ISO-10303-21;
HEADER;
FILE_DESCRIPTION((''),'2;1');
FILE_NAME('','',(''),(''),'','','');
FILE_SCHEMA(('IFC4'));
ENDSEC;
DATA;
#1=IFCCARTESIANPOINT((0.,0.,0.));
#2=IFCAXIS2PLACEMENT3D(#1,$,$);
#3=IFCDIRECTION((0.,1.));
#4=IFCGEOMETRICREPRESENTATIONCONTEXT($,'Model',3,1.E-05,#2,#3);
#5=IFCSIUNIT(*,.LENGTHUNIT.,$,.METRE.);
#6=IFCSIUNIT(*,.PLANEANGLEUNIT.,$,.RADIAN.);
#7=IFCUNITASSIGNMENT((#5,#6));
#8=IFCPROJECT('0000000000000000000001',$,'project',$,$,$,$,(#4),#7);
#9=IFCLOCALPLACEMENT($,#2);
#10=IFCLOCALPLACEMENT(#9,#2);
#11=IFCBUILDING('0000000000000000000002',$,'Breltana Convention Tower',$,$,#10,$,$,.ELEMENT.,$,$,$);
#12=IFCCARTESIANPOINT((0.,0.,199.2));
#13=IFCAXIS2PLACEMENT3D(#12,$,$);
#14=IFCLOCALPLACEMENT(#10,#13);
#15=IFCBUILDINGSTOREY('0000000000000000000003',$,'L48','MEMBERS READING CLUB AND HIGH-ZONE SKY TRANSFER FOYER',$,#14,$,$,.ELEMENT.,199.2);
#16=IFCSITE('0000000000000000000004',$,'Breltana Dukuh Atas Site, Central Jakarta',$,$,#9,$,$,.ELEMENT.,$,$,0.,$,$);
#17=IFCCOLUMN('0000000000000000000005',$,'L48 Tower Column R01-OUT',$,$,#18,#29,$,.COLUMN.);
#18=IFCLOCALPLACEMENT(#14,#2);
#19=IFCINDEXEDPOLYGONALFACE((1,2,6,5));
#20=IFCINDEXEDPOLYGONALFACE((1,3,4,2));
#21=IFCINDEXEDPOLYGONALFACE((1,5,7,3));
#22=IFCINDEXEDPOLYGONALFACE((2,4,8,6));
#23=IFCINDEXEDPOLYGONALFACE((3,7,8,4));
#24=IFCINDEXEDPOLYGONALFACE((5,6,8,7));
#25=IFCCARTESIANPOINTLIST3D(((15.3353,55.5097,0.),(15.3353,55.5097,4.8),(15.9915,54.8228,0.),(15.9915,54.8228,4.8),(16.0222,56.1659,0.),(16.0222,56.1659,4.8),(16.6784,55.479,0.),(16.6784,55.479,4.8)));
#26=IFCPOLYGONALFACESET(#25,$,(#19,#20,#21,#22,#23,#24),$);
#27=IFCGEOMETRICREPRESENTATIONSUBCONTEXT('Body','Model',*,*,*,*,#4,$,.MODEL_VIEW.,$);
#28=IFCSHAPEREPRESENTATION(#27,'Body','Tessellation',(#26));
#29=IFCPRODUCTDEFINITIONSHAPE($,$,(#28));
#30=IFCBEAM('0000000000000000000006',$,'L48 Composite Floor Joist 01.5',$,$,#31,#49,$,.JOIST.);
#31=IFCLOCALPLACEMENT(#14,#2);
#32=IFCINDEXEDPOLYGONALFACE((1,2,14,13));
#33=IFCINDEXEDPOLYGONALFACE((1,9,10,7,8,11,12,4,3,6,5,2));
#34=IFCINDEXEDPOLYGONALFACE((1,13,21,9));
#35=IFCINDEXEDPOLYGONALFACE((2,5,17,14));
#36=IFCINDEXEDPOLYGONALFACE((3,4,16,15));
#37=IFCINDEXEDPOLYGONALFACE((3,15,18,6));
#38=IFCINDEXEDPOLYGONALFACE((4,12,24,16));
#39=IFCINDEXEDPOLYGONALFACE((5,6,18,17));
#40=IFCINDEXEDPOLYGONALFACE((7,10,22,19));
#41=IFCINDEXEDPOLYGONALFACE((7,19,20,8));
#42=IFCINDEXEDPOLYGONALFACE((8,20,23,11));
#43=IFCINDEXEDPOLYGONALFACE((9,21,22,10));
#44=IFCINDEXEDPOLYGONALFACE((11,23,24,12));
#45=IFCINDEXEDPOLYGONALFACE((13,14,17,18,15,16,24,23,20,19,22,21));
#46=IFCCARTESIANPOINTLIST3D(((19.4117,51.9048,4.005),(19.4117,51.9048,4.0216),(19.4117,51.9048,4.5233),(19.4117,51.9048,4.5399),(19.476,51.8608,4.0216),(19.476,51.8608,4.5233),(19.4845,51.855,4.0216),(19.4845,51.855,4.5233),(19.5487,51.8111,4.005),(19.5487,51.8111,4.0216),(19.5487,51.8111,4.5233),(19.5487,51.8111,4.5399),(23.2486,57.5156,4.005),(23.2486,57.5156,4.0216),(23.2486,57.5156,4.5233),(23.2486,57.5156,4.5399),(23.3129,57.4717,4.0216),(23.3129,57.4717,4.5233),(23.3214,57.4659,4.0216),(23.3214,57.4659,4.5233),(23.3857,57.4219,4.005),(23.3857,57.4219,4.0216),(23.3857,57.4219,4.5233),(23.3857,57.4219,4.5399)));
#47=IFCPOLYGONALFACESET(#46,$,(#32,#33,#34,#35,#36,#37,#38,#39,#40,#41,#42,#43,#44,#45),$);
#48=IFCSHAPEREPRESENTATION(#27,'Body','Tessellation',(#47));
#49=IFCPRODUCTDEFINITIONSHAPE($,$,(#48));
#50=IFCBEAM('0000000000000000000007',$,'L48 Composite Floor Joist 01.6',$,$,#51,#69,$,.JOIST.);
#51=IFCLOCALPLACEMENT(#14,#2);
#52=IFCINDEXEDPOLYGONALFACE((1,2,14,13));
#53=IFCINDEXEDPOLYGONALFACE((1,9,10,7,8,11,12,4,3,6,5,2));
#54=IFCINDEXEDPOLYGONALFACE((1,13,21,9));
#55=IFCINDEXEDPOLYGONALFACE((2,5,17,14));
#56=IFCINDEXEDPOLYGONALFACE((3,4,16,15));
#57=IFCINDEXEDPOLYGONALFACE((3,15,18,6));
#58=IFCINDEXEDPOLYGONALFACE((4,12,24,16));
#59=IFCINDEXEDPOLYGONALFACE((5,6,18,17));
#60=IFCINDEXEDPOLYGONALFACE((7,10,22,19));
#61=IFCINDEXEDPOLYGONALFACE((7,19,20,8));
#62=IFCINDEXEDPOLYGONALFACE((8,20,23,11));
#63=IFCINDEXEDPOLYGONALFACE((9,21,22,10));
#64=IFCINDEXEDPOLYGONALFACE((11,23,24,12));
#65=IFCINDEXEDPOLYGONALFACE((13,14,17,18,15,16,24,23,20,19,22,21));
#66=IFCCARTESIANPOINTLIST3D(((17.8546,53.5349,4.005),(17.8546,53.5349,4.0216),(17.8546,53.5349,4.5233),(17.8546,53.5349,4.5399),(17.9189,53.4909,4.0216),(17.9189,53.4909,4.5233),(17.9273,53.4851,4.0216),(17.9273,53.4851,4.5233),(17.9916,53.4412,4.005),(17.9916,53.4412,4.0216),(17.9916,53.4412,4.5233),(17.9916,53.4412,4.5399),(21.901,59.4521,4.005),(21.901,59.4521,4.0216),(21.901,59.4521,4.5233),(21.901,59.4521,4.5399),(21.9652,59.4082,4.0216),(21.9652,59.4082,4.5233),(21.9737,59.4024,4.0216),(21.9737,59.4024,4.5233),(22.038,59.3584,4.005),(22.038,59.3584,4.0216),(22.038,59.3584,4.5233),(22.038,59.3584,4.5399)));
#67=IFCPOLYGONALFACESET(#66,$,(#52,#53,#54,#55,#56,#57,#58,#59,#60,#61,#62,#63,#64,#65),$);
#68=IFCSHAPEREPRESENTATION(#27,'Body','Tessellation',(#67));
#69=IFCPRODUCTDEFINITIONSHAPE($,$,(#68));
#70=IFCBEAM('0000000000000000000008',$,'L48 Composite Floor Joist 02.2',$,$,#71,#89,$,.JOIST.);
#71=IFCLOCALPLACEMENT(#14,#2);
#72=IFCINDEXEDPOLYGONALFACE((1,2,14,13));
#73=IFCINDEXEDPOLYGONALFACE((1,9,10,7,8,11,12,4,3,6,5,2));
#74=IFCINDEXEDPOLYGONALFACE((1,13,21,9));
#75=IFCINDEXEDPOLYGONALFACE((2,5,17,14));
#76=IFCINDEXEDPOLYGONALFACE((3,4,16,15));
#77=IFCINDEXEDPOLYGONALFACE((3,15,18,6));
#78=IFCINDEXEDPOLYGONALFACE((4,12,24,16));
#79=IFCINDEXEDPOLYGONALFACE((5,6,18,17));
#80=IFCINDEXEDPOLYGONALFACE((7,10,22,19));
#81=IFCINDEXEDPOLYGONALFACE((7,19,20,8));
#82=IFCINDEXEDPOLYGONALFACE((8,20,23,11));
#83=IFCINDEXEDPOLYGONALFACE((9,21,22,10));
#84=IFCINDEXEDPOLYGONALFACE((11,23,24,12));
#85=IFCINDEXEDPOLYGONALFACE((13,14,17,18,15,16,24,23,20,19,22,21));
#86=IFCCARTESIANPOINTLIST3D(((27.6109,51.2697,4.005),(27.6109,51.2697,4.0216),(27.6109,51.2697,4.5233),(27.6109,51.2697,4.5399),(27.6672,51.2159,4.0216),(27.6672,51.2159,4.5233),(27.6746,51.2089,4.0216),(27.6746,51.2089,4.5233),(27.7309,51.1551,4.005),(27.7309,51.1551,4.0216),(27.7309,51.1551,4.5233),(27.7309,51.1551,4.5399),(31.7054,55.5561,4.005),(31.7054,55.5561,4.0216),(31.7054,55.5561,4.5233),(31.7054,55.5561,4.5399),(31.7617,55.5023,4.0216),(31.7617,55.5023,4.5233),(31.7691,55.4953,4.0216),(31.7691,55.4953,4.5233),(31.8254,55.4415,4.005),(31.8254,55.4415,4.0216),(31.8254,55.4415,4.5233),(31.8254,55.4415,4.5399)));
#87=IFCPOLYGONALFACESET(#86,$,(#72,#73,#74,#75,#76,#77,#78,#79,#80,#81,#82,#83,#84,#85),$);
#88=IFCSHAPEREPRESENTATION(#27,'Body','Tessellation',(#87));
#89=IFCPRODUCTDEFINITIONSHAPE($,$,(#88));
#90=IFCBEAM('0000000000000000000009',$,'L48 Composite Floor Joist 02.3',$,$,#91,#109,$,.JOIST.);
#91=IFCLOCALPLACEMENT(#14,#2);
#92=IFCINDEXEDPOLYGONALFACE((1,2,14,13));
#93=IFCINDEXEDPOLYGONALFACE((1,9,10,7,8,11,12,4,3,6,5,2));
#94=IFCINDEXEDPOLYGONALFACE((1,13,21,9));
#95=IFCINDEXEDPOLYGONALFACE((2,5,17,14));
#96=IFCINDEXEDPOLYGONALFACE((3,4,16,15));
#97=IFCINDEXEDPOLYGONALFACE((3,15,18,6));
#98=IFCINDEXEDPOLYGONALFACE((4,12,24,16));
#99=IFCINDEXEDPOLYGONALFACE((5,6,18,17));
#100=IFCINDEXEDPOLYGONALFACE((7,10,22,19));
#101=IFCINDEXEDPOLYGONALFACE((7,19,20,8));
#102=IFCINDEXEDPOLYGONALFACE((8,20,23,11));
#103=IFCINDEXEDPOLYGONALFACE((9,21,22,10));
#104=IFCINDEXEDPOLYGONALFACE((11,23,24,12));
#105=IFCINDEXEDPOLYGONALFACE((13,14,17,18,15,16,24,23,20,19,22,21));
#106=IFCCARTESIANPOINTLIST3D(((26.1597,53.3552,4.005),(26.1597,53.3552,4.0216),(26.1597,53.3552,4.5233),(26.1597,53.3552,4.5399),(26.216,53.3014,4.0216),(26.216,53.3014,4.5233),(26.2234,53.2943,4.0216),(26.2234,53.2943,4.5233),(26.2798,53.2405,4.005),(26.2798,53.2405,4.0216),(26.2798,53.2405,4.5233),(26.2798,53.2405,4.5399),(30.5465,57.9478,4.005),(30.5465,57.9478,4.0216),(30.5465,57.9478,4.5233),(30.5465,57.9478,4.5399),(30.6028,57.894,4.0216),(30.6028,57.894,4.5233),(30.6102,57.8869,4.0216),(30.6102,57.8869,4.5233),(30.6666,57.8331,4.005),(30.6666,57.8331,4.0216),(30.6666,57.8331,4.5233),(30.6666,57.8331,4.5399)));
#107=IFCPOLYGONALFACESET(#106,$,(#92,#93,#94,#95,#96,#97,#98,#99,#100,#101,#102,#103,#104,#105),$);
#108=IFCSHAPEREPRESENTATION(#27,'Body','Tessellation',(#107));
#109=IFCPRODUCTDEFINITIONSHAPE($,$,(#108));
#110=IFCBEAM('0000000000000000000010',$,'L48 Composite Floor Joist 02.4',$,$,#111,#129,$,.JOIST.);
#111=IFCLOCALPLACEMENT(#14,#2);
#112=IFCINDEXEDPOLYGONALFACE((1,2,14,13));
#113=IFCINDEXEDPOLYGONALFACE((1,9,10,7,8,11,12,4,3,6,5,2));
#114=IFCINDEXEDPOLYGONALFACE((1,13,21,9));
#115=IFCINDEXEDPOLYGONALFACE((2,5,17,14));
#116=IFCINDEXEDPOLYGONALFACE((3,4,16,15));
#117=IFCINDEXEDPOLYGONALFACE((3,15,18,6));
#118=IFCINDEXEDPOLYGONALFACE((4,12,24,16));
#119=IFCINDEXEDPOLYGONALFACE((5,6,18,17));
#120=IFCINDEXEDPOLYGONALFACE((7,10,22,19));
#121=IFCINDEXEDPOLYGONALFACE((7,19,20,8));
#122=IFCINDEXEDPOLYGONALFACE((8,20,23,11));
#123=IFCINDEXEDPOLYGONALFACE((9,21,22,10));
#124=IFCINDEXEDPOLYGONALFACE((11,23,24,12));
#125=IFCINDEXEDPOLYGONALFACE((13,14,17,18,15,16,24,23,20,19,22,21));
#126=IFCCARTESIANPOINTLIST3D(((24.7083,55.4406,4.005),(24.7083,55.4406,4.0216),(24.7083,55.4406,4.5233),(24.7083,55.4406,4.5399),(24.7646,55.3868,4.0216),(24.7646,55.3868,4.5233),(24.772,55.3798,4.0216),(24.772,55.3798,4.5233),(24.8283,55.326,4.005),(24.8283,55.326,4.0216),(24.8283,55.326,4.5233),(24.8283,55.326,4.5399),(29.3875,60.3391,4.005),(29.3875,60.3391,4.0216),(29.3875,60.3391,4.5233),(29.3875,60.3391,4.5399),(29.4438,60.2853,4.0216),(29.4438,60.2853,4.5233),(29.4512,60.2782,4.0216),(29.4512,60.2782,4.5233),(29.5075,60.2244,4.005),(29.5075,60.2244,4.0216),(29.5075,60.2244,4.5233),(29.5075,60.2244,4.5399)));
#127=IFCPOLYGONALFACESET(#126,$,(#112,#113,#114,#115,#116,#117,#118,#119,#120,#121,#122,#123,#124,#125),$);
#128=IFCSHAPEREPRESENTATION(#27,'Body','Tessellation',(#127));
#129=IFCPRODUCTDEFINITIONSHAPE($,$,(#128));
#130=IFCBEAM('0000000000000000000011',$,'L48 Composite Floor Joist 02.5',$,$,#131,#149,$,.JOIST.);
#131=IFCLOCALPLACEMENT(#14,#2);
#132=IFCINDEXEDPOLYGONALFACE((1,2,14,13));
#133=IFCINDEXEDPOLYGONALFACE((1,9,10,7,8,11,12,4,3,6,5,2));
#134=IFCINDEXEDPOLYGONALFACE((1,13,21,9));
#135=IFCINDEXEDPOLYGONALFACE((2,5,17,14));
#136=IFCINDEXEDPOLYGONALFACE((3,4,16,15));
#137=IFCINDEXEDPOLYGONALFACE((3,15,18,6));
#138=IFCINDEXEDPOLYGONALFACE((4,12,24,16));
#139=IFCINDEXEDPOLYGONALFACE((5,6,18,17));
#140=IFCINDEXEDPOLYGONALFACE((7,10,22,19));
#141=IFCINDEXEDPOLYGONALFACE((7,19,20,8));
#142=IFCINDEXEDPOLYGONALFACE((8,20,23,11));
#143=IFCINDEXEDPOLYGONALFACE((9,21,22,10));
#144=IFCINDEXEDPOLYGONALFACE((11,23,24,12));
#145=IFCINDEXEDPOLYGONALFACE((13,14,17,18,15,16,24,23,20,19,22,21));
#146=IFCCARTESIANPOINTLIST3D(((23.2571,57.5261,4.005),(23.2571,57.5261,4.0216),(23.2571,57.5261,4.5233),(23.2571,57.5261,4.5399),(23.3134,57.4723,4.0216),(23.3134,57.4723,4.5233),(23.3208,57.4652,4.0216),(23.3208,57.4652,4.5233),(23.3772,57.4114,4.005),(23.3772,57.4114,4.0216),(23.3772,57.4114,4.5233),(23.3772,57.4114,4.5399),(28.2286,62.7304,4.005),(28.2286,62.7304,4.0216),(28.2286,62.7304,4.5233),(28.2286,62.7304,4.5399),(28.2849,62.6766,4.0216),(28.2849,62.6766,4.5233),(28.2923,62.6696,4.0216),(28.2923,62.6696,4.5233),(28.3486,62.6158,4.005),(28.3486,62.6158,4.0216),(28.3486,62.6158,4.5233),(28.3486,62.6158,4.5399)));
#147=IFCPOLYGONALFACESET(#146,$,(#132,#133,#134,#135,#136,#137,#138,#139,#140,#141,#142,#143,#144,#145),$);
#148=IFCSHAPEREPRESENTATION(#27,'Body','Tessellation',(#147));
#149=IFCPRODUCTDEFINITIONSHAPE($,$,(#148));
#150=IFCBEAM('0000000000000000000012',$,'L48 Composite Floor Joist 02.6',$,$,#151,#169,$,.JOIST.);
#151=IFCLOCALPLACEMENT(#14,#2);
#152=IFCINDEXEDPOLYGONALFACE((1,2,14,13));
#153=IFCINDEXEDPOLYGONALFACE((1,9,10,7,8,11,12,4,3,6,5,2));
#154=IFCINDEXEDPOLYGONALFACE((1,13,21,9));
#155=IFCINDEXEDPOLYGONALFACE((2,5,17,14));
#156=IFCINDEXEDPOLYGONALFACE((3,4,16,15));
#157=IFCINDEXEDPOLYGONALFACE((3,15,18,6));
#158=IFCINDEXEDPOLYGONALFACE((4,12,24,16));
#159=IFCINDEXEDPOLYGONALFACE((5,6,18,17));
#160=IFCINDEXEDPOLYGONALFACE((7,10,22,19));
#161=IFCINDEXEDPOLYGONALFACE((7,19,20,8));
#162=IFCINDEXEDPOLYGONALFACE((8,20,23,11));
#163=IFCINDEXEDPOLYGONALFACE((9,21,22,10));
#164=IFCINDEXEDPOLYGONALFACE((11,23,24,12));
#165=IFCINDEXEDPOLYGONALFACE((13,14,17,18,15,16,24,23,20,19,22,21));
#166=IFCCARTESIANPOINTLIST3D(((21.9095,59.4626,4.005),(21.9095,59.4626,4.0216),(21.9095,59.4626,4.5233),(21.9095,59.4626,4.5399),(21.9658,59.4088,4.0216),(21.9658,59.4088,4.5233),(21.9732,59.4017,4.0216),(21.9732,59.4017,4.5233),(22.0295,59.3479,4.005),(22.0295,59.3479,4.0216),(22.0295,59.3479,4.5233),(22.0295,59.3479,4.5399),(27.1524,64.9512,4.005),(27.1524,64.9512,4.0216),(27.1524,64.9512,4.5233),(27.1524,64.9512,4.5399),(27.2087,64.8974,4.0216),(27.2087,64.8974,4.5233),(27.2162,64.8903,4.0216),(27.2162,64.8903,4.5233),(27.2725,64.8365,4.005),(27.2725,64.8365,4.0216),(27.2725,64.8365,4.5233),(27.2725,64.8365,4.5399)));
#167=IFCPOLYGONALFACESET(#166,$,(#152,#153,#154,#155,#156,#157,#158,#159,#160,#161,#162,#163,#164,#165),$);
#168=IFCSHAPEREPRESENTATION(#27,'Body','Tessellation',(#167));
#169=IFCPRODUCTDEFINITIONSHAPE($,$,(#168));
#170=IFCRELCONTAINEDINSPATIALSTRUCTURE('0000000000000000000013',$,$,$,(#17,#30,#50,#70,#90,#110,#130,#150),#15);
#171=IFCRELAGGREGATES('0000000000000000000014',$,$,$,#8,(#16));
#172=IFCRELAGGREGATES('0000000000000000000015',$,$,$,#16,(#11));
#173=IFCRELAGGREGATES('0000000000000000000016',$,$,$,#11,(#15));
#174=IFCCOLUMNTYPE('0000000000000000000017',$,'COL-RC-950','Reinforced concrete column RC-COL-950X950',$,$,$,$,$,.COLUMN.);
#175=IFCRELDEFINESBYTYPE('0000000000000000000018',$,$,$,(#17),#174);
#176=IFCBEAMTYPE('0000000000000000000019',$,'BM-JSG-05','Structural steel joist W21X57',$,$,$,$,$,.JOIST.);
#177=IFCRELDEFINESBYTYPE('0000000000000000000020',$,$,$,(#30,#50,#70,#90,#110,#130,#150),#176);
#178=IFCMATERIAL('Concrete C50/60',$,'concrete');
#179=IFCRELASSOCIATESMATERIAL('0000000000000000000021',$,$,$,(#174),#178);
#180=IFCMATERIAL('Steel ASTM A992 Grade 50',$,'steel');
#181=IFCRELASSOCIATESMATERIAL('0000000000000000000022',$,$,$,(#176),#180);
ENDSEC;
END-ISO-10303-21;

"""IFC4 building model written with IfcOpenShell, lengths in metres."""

from ifc_helpers import new_model, si_unit, direction, frame, origin, origin_2d, place, context, subcontext, project, spatial, rectangle, i_section, extrude, source, transform, mapped, material, material_profile, profile_set, type_object, type_shapes, element, save


model = new_model("IFC4")

# Units and contexts
model_context = context("Model", 3, precision=1e-05, world=origin(), true_north=direction((0.0, 1.0)))
body_context = subcontext(model_context, "Body", "Model", "MODEL_VIEW")
ifc_project = project(units=[si_unit("LENGTHUNIT", "METRE"), si_unit("PLANEANGLEUNIT", "RADIAN")], contexts=[model_context])

# Site, building, storey
site_placement = place(None, origin())
site = spatial("IfcSite", under=ifc_project, at=site_placement, Name="Breltana Dukuh Atas Site, Central Jakarta", CompositionType="ELEMENT", RefElevation=0.0)
building_placement = place(site_placement, origin())
building = spatial("IfcBuilding", under=site, at=building_placement, Name="Breltana Convention Tower", CompositionType="ELEMENT")
storey_placement = place(building_placement, frame((0.0, 0.0, 199.2)))
storey = spatial("IfcBuildingStorey", under=building, at=storey_placement, Name="L48", Description="MEMBERS READING CLUB AND HIGH-ZONE SKY TRANSFER FOYER", CompositionType="ELEMENT", Elevation=199.2)

# Column
ifc_material_1 = material(Name="Concrete C50/60", Category="concrete")
ifc_material_profile_1 = material_profile(ifc_material_1, rectangle(XDim=0.95, YDim=0.95, at=origin_2d()), Name="RC-COL-950X950")
ifc_profile_set_1 = profile_set([ifc_material_profile_1], Name="Concrete C50/60")
column_type = type_object("IfcColumnType", Name="COL-RC-950", Description="Reinforced concrete column RC-COL-950X950", PredefinedType="COLUMN", material=ifc_profile_set_1)
shared_shape_1 = source(origin(), body_context, "Body", "SweptSolid", [
    extrude(rectangle(XDim=0.95, YDim=0.95, at=origin_2d()), origin(), (0.0, 0.0, 1.0), 4.8),
])
type_shapes(column_type, [shared_shape_1])
column_placement = place(storey_placement, frame((16.0068, 55.4944, 0.0), z_axis=(0.0, 0.0, 1.0), x_axis=(-0.690756, 0.723088, 0.0)))
element("IfcColumn", 1, at=column_placement, inside=storey, type_object=column_type, Name="L48 Tower Column R01-OUT", PredefinedType="COLUMN", context=body_context, shape_type="MappedRepresentation", body=[
    mapped(shared_shape_1, transform((0.0, 0.0, 0.0), scale=1.0)),
])

# Beams
ifc_material_2 = material(Name="Steel ASTM A992 Grade 50", Category="steel")
ifc_material_profile_2 = material_profile(ifc_material_2, i_section(OverallWidth=0.166, OverallDepth=0.5349, WebThickness=0.0103, FlangeThickness=0.0166, at=origin_2d()), Name="W21X57")
ifc_profile_set_2 = profile_set([ifc_material_profile_2], Name="Steel ASTM A992 Grade 50")
beam_type_1 = type_object("IfcBeamType", Name="BM-JSG-05", Description="Structural steel joist W21X57", PredefinedType="JOIST", material=ifc_profile_set_2)
shared_shape_2 = source(origin(), body_context, "Body", "SweptSolid", [
    extrude(i_section(OverallWidth=0.166, OverallDepth=0.5349, WebThickness=0.0103, FlangeThickness=0.0166, at=origin_2d()), origin(), (0.0, 0.0, 1.0), 6.7974),
])
beam_1_placement = place(storey_placement, frame((19.4802, 51.8579, 4.2725), z_axis=(0.564475, 0.82545, 0.0), x_axis=(-0.82545, 0.564475, 0.0)))
element("IfcBeam", 2, at=beam_1_placement, inside=storey, type_object=beam_type_1, Name="L48 Composite Floor Joist 01.5", PredefinedType="JOIST", context=body_context, shape_type="MappedRepresentation", body=[
    mapped(shared_shape_2, transform((0.0, 0.0, 0.0), scale=1.0)),
])
shared_shape_3 = source(origin(), body_context, "Body", "SweptSolid", [
    extrude(i_section(OverallWidth=0.166, OverallDepth=0.5349, WebThickness=0.0103, FlangeThickness=0.0166, at=origin_2d()), origin(), (0.0, 0.0, 1.0), 7.1685),
])
beam_2_placement = place(storey_placement, frame((17.9231, 53.488, 4.2725), z_axis=(0.56447, 0.825453, 0.0), x_axis=(-0.825453, 0.56447, 0.0)))
element("IfcBeam", 3, at=beam_2_placement, inside=storey, type_object=beam_type_1, Name="L48 Composite Floor Joist 01.6", PredefinedType="JOIST", context=body_context, shape_type="MappedRepresentation", body=[
    mapped(shared_shape_3, transform((0.0, 0.0, 0.0), scale=1.0)),
])
shared_shape_4 = source(origin(), body_context, "Body", "SweptSolid", [
    extrude(i_section(OverallWidth=0.166, OverallDepth=0.5349, WebThickness=0.0103, FlangeThickness=0.0166, at=origin_2d()), origin(), (0.0, 0.0, 1.0), 5.9277),
])
beam_3_placement = place(storey_placement, frame((27.6709, 51.2124, 4.2725), z_axis=(0.690735, 0.723108, 0.0), x_axis=(-0.723108, 0.690735, 0.0)))
element("IfcBeam", 4, at=beam_3_placement, inside=storey, type_object=beam_type_1, Name="L48 Composite Floor Joist 02.2", PredefinedType="JOIST", context=body_context, shape_type="MappedRepresentation", body=[
    mapped(shared_shape_4, transform((0.0, 0.0, 0.0), scale=1.0)),
])
shared_shape_5 = source(origin(), body_context, "Body", "SweptSolid", [
    extrude(i_section(OverallWidth=0.166, OverallDepth=0.5349, WebThickness=0.0103, FlangeThickness=0.0166, at=origin_2d()), origin(), (0.0, 0.0, 1.0), 6.3511),
])
beam_4_placement = place(storey_placement, frame((26.2197, 53.2979, 4.2725), z_axis=(0.690718, 0.723124, 0.0), x_axis=(-0.723124, 0.690718, 0.0)))
element("IfcBeam", 5, at=beam_4_placement, inside=storey, type_object=beam_type_1, Name="L48 Composite Floor Joist 02.3", PredefinedType="JOIST", context=body_context, shape_type="MappedRepresentation", body=[
    mapped(shared_shape_5, transform((0.0, 0.0, 0.0), scale=1.0)),
])
shared_shape_6 = source(origin(), body_context, "Body", "SweptSolid", [
    extrude(i_section(OverallWidth=0.166, OverallDepth=0.5349, WebThickness=0.0103, FlangeThickness=0.0166, at=origin_2d()), origin(), (0.0, 0.0, 1.0), 6.7742),
])
beam_5_placement = place(storey_placement, frame((24.7683, 55.3833, 4.2725), z_axis=(0.69074, 0.723103, 0.0), x_axis=(-0.723103, 0.69074, 0.0)))
element("IfcBeam", 6, at=beam_5_placement, inside=storey, type_object=beam_type_1, Name="L48 Composite Floor Joist 02.4", PredefinedType="JOIST", context=body_context, shape_type="MappedRepresentation", body=[
    mapped(shared_shape_6, transform((0.0, 0.0, 0.0), scale=1.0)),
])
shared_shape_7 = source(origin(), body_context, "Body", "SweptSolid", [
    extrude(i_section(OverallWidth=0.166, OverallDepth=0.5349, WebThickness=0.0103, FlangeThickness=0.0166, at=origin_2d()), origin(), (0.0, 0.0, 1.0), 7.1973),
])
beam_6_placement = place(storey_placement, frame((23.3171, 57.4688, 4.2725), z_axis=(0.690741, 0.723102, 0.0), x_axis=(-0.723102, 0.690741, 0.0)))
element("IfcBeam", 7, at=beam_6_placement, inside=storey, type_object=beam_type_1, Name="L48 Composite Floor Joist 02.5", PredefinedType="JOIST", context=body_context, shape_type="MappedRepresentation", body=[
    mapped(shared_shape_7, transform((0.0, 0.0, 0.0), scale=1.0)),
])
shared_shape_8 = source(origin(), body_context, "Body", "SweptSolid", [
    extrude(i_section(OverallWidth=0.166, OverallDepth=0.5349, WebThickness=0.0103, FlangeThickness=0.0166, at=origin_2d()), origin(), (0.0, 0.0, 1.0), 7.5903),
])
beam_7_placement = place(storey_placement, frame((21.9695, 59.4053, 4.2725), z_axis=(0.690743, 0.723101, 0.0), x_axis=(-0.723101, 0.690743, 0.0)))
element("IfcBeam", 8, at=beam_7_placement, inside=storey, type_object=beam_type_1, Name="L48 Composite Floor Joist 02.6", PredefinedType="JOIST", context=body_context, shape_type="MappedRepresentation", body=[
    mapped(shared_shape_8, transform((0.0, 0.0, 0.0), scale=1.0)),
])

save(model, "model.ifc")
